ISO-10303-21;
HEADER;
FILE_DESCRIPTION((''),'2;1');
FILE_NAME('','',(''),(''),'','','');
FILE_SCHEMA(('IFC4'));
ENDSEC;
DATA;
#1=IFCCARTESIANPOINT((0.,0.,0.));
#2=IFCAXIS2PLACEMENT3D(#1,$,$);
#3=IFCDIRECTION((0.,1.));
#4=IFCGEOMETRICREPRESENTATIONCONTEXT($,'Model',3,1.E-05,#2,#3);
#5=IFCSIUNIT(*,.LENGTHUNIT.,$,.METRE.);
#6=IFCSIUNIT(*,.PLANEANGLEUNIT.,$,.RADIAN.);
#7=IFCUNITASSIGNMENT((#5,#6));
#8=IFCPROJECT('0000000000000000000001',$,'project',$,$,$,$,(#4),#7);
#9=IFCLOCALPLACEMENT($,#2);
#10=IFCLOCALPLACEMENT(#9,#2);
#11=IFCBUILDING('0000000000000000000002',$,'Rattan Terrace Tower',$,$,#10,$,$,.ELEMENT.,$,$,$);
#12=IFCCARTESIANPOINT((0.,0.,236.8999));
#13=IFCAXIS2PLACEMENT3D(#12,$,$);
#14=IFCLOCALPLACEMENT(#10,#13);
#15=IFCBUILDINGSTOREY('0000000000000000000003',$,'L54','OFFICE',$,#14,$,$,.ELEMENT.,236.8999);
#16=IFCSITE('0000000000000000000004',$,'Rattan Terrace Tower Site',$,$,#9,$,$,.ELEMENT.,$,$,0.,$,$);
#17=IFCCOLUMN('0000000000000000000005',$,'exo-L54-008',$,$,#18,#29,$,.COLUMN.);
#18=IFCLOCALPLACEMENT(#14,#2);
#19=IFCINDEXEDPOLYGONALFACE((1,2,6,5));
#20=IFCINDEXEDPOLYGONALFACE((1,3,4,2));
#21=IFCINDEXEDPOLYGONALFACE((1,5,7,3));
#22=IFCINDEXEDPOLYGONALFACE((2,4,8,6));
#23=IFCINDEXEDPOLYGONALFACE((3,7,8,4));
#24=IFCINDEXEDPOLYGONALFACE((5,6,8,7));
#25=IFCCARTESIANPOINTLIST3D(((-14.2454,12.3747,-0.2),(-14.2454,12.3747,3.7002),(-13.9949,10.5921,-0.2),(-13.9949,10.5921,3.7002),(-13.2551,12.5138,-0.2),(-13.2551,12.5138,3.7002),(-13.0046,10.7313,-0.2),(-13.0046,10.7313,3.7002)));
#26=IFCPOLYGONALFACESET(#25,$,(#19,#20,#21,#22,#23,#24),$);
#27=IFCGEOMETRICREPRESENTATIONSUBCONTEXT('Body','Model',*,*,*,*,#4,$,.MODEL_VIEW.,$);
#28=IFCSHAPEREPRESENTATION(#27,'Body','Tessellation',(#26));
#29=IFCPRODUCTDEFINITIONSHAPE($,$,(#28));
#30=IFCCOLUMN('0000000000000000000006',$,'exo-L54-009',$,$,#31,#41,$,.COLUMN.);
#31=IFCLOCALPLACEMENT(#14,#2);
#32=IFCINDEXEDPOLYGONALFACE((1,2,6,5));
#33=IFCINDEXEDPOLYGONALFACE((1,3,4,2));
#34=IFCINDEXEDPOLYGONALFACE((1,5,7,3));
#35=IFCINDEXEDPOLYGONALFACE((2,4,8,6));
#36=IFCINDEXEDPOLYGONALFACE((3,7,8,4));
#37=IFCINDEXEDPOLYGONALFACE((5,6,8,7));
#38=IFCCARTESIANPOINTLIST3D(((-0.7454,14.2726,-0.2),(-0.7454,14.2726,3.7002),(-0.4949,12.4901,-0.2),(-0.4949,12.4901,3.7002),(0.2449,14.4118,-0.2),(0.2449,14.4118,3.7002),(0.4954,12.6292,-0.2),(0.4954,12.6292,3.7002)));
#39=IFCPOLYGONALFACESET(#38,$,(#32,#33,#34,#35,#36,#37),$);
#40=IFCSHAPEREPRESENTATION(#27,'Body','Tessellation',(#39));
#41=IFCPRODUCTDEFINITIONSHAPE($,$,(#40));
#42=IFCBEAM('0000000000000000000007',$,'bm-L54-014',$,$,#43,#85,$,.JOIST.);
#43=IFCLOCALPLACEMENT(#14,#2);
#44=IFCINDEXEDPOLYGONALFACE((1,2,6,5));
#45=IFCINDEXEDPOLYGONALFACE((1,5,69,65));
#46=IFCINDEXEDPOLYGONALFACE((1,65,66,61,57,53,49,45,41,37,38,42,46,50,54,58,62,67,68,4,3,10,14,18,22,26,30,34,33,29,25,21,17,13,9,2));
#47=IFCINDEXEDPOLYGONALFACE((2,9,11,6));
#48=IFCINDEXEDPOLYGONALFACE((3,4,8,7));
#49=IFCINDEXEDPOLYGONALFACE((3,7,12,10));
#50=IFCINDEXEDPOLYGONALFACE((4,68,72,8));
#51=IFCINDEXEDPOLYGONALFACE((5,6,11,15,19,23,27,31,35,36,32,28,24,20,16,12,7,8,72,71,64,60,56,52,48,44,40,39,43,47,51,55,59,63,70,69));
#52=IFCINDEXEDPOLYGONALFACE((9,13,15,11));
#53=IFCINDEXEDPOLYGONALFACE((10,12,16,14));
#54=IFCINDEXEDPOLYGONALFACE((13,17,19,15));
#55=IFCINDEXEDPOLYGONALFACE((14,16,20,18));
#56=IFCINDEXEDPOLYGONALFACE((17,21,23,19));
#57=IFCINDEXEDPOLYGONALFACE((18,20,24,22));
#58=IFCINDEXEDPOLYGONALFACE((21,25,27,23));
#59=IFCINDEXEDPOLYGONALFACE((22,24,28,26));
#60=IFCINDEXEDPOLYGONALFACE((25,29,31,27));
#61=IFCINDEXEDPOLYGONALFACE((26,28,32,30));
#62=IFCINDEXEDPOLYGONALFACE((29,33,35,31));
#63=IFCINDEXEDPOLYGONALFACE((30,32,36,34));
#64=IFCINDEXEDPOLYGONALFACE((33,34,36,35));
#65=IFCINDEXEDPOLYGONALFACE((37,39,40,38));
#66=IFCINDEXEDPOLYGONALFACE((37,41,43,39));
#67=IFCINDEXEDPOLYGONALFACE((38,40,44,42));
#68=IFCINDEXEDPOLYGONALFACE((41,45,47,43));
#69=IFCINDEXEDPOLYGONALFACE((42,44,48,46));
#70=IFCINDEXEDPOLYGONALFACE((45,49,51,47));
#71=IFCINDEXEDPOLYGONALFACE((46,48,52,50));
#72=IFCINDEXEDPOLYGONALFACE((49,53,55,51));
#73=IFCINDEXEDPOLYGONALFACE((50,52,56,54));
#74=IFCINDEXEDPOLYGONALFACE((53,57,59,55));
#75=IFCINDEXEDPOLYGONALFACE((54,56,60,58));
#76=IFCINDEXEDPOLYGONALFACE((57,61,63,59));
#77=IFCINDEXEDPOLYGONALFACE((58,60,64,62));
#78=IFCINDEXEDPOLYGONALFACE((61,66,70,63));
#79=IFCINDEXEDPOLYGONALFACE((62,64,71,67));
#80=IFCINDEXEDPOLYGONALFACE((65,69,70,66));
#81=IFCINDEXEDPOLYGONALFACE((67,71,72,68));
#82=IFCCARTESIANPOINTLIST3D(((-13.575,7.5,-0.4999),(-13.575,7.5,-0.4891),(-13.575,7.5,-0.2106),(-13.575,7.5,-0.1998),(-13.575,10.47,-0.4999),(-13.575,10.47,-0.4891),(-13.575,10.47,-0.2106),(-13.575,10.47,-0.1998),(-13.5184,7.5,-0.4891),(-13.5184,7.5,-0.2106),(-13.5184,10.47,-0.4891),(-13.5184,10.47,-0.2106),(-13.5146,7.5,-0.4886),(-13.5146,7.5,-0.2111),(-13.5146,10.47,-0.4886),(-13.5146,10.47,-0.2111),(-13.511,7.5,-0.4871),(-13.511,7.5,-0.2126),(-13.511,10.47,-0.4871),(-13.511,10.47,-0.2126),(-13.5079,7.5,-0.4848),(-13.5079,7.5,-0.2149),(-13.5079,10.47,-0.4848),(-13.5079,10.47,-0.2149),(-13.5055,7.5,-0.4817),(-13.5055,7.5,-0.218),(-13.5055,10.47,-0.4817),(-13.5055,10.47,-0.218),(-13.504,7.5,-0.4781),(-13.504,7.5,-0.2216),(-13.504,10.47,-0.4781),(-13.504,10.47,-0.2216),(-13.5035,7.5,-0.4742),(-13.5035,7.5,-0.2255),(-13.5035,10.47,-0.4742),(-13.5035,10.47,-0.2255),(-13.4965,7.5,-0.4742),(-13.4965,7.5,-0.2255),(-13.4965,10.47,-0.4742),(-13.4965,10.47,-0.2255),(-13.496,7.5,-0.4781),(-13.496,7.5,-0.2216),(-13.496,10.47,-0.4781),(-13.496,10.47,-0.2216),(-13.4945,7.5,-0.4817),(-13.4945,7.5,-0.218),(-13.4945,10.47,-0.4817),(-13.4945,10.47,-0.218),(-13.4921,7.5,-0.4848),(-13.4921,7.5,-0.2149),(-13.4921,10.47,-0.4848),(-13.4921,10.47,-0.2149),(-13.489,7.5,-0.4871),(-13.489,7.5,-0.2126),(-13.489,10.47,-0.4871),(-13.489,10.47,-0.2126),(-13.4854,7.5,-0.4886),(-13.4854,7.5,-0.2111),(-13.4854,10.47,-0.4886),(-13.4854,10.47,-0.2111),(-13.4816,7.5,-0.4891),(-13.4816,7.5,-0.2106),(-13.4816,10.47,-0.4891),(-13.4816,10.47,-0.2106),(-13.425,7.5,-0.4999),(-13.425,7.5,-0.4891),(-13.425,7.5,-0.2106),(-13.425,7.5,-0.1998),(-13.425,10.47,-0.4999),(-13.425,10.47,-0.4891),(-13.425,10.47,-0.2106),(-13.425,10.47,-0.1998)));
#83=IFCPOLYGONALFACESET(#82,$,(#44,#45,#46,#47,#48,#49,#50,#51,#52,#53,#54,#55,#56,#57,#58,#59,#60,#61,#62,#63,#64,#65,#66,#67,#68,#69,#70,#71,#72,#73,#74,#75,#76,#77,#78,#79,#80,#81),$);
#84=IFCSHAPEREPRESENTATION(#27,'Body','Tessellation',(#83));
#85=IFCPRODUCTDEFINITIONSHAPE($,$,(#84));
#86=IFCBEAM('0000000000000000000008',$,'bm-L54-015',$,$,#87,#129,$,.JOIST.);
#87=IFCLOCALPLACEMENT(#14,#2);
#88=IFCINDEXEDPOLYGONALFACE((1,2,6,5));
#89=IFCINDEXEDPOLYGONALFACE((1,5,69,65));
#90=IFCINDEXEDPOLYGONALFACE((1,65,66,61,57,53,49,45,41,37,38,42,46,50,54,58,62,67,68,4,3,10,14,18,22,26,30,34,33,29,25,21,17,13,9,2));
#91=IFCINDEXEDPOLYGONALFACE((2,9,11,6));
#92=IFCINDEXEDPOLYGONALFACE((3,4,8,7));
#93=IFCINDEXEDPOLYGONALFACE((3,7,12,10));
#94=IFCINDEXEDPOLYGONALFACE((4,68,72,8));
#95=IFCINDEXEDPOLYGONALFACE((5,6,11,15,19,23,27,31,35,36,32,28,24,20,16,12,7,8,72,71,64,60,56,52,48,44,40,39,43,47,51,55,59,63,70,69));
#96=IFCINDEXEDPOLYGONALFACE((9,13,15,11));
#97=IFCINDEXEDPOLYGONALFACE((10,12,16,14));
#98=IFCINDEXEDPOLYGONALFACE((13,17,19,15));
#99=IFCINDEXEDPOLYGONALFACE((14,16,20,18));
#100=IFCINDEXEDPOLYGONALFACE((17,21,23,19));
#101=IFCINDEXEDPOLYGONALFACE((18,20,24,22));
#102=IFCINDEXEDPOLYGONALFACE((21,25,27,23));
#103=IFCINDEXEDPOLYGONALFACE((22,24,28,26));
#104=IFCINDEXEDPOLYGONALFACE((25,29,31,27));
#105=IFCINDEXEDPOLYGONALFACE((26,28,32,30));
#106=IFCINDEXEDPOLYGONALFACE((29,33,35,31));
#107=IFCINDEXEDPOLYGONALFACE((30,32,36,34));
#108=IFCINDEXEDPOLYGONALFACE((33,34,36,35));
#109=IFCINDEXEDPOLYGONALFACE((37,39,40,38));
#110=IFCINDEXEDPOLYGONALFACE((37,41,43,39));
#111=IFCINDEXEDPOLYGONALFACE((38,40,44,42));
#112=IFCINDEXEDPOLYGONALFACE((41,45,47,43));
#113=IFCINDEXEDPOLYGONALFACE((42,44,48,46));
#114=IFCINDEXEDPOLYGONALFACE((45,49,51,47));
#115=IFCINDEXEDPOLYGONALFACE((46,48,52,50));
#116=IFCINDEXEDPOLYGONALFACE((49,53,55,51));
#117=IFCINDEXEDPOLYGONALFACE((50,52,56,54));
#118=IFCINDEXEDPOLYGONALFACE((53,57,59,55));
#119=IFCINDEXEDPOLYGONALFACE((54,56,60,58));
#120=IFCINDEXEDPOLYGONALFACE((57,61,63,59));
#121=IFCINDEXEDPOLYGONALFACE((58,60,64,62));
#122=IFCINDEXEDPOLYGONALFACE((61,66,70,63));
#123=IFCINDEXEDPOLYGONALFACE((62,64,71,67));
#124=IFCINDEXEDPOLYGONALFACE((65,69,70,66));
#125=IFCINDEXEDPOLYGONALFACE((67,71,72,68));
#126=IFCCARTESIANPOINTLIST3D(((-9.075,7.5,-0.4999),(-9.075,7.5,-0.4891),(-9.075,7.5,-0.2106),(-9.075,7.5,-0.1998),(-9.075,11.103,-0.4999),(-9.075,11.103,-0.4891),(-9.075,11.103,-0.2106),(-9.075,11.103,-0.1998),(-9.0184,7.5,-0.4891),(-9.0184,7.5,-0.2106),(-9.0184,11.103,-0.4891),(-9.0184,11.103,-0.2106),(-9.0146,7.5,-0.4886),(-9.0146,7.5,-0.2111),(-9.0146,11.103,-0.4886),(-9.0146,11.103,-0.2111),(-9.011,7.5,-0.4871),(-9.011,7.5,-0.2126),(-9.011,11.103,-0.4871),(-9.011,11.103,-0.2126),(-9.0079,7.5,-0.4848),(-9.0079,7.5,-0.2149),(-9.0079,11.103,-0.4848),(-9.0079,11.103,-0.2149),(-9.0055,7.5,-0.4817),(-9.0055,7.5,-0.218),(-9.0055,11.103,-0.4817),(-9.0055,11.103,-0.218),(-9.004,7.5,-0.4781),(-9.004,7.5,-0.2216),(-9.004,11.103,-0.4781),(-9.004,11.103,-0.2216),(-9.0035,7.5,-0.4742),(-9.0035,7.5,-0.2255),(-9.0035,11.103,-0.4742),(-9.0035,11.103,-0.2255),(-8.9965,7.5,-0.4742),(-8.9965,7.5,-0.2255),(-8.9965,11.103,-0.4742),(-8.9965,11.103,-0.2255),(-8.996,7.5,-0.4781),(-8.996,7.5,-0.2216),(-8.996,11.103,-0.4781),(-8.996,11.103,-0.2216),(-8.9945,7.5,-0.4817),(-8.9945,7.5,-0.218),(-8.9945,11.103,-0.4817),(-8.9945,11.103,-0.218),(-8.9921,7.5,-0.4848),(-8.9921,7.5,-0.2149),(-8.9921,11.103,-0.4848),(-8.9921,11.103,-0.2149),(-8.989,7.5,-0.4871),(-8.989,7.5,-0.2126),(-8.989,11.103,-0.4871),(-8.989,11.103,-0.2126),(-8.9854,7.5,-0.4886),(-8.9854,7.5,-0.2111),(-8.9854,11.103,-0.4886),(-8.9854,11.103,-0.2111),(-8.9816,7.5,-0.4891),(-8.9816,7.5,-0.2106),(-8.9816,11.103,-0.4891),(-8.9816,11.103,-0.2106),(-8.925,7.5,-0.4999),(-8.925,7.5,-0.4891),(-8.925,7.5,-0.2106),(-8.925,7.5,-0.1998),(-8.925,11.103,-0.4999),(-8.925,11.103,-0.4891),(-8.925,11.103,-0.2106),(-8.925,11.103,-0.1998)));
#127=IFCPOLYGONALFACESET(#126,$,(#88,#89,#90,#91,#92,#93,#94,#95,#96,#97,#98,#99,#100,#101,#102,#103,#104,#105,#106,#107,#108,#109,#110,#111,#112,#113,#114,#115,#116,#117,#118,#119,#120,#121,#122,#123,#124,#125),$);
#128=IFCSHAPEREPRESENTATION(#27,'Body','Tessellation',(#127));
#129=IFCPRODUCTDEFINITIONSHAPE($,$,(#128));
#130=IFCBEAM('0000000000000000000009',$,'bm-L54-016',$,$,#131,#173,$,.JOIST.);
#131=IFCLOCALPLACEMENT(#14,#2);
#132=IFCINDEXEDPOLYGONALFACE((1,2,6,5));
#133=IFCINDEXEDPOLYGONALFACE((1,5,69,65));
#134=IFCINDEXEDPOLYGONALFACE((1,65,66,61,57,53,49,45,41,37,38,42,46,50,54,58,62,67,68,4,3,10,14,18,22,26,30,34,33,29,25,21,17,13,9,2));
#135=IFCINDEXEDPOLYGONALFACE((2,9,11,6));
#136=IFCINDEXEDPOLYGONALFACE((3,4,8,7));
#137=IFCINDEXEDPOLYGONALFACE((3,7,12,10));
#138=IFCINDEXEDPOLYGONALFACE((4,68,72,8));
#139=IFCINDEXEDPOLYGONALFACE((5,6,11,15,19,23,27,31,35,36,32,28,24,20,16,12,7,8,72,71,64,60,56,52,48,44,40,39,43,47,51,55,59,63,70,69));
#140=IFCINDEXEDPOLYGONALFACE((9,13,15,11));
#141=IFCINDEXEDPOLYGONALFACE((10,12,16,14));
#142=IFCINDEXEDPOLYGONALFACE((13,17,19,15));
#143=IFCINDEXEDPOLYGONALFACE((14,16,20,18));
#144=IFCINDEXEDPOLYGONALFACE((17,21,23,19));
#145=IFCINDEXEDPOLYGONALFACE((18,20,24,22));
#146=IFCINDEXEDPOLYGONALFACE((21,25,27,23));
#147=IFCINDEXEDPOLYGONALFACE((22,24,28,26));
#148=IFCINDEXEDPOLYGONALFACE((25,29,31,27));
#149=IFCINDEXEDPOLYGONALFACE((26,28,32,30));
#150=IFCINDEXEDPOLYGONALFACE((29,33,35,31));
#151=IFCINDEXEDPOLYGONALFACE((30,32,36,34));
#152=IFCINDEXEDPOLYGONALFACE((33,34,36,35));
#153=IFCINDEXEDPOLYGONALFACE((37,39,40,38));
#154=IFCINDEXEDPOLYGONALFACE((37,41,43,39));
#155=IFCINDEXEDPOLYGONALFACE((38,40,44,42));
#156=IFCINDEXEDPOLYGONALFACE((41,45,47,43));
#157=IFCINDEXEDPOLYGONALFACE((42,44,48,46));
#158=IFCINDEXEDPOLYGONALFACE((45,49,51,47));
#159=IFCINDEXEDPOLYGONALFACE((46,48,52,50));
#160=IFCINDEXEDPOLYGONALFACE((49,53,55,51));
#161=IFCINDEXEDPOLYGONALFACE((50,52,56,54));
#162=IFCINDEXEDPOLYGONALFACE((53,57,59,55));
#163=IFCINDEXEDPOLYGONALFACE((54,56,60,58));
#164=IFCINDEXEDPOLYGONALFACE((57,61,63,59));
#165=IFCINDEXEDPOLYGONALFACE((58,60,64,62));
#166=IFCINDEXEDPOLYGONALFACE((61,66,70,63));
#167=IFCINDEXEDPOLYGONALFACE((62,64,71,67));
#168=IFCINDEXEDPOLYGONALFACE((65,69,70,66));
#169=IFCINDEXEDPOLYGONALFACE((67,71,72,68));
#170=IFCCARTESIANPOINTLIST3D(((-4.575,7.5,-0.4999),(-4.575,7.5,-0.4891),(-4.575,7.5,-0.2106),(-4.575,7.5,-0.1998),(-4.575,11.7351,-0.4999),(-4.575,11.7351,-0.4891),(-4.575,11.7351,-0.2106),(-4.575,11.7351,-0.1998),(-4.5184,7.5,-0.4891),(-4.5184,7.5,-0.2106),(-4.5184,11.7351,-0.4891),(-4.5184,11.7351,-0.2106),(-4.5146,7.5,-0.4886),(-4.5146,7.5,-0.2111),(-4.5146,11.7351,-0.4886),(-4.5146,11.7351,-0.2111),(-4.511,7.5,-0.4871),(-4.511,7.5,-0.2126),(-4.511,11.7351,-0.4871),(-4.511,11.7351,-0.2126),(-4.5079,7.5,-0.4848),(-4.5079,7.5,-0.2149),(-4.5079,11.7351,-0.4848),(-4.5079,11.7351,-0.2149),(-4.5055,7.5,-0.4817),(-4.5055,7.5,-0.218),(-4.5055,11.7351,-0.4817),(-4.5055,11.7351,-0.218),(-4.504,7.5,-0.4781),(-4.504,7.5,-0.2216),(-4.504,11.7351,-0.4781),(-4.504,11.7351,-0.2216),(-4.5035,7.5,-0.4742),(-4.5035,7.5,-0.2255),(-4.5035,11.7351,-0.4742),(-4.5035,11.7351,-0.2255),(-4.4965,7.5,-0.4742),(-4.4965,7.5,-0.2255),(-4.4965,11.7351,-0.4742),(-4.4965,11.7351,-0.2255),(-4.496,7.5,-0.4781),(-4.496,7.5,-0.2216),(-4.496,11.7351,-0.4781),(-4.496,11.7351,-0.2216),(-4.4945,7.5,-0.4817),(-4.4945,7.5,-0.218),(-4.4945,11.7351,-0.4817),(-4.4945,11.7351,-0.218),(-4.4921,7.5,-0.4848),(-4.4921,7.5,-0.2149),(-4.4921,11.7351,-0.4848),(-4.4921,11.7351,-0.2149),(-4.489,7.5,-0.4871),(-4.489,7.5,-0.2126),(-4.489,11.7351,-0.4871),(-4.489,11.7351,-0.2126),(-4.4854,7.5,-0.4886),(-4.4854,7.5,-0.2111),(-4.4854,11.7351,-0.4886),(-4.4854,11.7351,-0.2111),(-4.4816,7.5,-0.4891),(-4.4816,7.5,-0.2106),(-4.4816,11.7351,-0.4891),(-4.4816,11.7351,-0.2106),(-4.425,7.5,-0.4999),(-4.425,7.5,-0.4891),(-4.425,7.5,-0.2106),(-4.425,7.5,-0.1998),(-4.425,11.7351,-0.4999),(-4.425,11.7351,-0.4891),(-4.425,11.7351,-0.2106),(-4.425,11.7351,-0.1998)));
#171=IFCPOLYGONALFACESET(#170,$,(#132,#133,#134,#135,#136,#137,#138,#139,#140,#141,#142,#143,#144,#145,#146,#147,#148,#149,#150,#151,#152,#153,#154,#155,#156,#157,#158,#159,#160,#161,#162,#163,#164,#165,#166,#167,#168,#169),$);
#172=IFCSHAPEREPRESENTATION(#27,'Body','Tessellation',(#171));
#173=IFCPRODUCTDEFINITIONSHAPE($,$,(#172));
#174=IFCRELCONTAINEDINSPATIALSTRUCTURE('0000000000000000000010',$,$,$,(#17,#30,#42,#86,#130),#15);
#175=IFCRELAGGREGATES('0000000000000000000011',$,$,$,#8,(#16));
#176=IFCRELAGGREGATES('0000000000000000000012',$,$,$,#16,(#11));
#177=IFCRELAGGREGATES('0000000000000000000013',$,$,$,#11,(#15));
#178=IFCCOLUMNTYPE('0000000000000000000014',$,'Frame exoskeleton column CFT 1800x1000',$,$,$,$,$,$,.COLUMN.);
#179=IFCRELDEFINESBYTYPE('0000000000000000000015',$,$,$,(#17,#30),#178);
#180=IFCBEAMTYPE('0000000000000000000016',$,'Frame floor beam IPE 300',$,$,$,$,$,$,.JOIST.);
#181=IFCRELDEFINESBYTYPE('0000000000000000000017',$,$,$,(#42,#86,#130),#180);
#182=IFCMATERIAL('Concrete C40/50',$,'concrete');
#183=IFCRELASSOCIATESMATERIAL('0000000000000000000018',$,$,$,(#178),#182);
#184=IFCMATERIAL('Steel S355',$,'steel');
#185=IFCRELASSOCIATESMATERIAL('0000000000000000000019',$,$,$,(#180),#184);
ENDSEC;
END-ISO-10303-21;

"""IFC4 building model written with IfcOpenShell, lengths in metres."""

from ifc_helpers import new_model, si_unit, direction, frame, origin, origin_2d, place, context, subcontext, project, spatial, rectangle, i_section, extrude, material, material_profile, profile_set, type_object, element, save


model = new_model("IFC4")

# Units and contexts
model_context = context("Model", 3, precision=1e-05, world=origin(), true_north=direction((0.0, 1.0)))
body_context = subcontext(model_context, "Body", "Model", "MODEL_VIEW")
ifc_project = project(units=[si_unit("LENGTHUNIT", "METRE"), si_unit("PLANEANGLEUNIT", "RADIAN")], contexts=[model_context])

# Site, building, storey
site_placement = place(None, origin())
site = spatial("IfcSite", under=ifc_project, at=site_placement, Name="Rattan Terrace Tower Site", CompositionType="ELEMENT", RefElevation=0.0)
building_placement = place(site_placement, origin())
building = spatial("IfcBuilding", under=site, at=building_placement, Name="Rattan Terrace Tower", CompositionType="ELEMENT")
storey_placement = place(building_placement, frame((0.0, 0.0, 236.8999)))
storey = spatial("IfcBuildingStorey", under=building, at=storey_placement, Name="L54", Description="OFFICE", CompositionType="ELEMENT", Elevation=236.8999)

# Columns
ifc_material_1 = material(Name="Concrete C40/50", Category="concrete")
ifc_material_profile_1 = material_profile(ifc_material_1, rectangle(XDim=1.0, YDim=1.8, at=origin_2d()), Name="CFT 1800x1000")
ifc_profile_set_1 = profile_set([ifc_material_profile_1], Name="Concrete C40/50")
column_type = type_object("IfcColumnType", Name="Frame exoskeleton column CFT 1800x1000", PredefinedType="COLUMN", material=ifc_profile_set_1)
for number, where, z_axis, x_axis, name in (
    (1, (-13.625, 11.553, -0.2), (0.0, 0.0, 1.0), (0.990268, 0.139173, 0.0), "exo-L54-008"),
    (2, (-0.125, 13.4509, -0.2), (0.0, 0.0, 1.0), (0.990268, 0.139173, 0.0), "exo-L54-009"),
):
    element("IfcColumn", number, at=place(storey_placement, frame(where, z_axis=z_axis, x_axis=x_axis)), inside=storey, type_object=column_type, Name=name, PredefinedType="COLUMN", context=body_context, shape_type="SweptSolid", body=[
        extrude(rectangle(XDim=1.0, YDim=1.8, at=origin_2d()), origin(), (0.0, 0.0, 1.0), 3.9001),
    ])

# Beams
ifc_material_2 = material(Name="Steel S355", Category="steel")
ifc_material_profile_2 = material_profile(ifc_material_2, i_section(OverallWidth=0.1499, OverallDepth=0.3, WebThickness=0.0071, FlangeThickness=0.0107, FilletRadius=0.0149, at=origin_2d()), Name="IPE 300")
ifc_profile_set_2 = profile_set([ifc_material_profile_2], Name="Steel S355")
beam_type = type_object("IfcBeamType", Name="Frame floor beam IPE 300", PredefinedType="JOIST", material=ifc_profile_set_2)
beam_1_placement = place(storey_placement, frame((-13.5, 7.5, -0.3499), z_axis=(0.0, 1.0, 0.0), x_axis=(-1.0, 0.0, 0.0)))
element("IfcBeam", 3, at=beam_1_placement, inside=storey, type_object=beam_type, Name="bm-L54-014", PredefinedType="JOIST", context=body_context, shape_type="SweptSolid", body=[
    extrude(i_section(OverallWidth=0.1499, OverallDepth=0.3, WebThickness=0.0071, FlangeThickness=0.0107, FilletRadius=0.0149, at=origin_2d()), origin(), (0.0, 0.0, 1.0), 2.97),
])
beam_2_placement = place(storey_placement, frame((-9.0, 7.5, -0.3499), z_axis=(0.0, 1.0, 0.0), x_axis=(-1.0, 0.0, 0.0)))
element("IfcBeam", 4, at=beam_2_placement, inside=storey, type_object=beam_type, Name="bm-L54-015", PredefinedType="JOIST", context=body_context, shape_type="SweptSolid", body=[
    extrude(i_section(OverallWidth=0.1499, OverallDepth=0.3, WebThickness=0.0071, FlangeThickness=0.0107, FilletRadius=0.0149, at=origin_2d()), origin(), (0.0, 0.0, 1.0), 3.603),
])
beam_3_placement = place(storey_placement, frame((-4.5, 7.5, -0.3499), z_axis=(0.0, 1.0, 0.0), x_axis=(-1.0, 0.0, 0.0)))
element("IfcBeam", 5, at=beam_3_placement, inside=storey, type_object=beam_type, Name="bm-L54-016", PredefinedType="JOIST", context=body_context, shape_type="SweptSolid", body=[
    extrude(i_section(OverallWidth=0.1499, OverallDepth=0.3, WebThickness=0.0071, FlangeThickness=0.0107, FilletRadius=0.0149, at=origin_2d()), origin(), (0.0, 0.0, 1.0), 4.2351),
])

save(model, "model.ifc")
